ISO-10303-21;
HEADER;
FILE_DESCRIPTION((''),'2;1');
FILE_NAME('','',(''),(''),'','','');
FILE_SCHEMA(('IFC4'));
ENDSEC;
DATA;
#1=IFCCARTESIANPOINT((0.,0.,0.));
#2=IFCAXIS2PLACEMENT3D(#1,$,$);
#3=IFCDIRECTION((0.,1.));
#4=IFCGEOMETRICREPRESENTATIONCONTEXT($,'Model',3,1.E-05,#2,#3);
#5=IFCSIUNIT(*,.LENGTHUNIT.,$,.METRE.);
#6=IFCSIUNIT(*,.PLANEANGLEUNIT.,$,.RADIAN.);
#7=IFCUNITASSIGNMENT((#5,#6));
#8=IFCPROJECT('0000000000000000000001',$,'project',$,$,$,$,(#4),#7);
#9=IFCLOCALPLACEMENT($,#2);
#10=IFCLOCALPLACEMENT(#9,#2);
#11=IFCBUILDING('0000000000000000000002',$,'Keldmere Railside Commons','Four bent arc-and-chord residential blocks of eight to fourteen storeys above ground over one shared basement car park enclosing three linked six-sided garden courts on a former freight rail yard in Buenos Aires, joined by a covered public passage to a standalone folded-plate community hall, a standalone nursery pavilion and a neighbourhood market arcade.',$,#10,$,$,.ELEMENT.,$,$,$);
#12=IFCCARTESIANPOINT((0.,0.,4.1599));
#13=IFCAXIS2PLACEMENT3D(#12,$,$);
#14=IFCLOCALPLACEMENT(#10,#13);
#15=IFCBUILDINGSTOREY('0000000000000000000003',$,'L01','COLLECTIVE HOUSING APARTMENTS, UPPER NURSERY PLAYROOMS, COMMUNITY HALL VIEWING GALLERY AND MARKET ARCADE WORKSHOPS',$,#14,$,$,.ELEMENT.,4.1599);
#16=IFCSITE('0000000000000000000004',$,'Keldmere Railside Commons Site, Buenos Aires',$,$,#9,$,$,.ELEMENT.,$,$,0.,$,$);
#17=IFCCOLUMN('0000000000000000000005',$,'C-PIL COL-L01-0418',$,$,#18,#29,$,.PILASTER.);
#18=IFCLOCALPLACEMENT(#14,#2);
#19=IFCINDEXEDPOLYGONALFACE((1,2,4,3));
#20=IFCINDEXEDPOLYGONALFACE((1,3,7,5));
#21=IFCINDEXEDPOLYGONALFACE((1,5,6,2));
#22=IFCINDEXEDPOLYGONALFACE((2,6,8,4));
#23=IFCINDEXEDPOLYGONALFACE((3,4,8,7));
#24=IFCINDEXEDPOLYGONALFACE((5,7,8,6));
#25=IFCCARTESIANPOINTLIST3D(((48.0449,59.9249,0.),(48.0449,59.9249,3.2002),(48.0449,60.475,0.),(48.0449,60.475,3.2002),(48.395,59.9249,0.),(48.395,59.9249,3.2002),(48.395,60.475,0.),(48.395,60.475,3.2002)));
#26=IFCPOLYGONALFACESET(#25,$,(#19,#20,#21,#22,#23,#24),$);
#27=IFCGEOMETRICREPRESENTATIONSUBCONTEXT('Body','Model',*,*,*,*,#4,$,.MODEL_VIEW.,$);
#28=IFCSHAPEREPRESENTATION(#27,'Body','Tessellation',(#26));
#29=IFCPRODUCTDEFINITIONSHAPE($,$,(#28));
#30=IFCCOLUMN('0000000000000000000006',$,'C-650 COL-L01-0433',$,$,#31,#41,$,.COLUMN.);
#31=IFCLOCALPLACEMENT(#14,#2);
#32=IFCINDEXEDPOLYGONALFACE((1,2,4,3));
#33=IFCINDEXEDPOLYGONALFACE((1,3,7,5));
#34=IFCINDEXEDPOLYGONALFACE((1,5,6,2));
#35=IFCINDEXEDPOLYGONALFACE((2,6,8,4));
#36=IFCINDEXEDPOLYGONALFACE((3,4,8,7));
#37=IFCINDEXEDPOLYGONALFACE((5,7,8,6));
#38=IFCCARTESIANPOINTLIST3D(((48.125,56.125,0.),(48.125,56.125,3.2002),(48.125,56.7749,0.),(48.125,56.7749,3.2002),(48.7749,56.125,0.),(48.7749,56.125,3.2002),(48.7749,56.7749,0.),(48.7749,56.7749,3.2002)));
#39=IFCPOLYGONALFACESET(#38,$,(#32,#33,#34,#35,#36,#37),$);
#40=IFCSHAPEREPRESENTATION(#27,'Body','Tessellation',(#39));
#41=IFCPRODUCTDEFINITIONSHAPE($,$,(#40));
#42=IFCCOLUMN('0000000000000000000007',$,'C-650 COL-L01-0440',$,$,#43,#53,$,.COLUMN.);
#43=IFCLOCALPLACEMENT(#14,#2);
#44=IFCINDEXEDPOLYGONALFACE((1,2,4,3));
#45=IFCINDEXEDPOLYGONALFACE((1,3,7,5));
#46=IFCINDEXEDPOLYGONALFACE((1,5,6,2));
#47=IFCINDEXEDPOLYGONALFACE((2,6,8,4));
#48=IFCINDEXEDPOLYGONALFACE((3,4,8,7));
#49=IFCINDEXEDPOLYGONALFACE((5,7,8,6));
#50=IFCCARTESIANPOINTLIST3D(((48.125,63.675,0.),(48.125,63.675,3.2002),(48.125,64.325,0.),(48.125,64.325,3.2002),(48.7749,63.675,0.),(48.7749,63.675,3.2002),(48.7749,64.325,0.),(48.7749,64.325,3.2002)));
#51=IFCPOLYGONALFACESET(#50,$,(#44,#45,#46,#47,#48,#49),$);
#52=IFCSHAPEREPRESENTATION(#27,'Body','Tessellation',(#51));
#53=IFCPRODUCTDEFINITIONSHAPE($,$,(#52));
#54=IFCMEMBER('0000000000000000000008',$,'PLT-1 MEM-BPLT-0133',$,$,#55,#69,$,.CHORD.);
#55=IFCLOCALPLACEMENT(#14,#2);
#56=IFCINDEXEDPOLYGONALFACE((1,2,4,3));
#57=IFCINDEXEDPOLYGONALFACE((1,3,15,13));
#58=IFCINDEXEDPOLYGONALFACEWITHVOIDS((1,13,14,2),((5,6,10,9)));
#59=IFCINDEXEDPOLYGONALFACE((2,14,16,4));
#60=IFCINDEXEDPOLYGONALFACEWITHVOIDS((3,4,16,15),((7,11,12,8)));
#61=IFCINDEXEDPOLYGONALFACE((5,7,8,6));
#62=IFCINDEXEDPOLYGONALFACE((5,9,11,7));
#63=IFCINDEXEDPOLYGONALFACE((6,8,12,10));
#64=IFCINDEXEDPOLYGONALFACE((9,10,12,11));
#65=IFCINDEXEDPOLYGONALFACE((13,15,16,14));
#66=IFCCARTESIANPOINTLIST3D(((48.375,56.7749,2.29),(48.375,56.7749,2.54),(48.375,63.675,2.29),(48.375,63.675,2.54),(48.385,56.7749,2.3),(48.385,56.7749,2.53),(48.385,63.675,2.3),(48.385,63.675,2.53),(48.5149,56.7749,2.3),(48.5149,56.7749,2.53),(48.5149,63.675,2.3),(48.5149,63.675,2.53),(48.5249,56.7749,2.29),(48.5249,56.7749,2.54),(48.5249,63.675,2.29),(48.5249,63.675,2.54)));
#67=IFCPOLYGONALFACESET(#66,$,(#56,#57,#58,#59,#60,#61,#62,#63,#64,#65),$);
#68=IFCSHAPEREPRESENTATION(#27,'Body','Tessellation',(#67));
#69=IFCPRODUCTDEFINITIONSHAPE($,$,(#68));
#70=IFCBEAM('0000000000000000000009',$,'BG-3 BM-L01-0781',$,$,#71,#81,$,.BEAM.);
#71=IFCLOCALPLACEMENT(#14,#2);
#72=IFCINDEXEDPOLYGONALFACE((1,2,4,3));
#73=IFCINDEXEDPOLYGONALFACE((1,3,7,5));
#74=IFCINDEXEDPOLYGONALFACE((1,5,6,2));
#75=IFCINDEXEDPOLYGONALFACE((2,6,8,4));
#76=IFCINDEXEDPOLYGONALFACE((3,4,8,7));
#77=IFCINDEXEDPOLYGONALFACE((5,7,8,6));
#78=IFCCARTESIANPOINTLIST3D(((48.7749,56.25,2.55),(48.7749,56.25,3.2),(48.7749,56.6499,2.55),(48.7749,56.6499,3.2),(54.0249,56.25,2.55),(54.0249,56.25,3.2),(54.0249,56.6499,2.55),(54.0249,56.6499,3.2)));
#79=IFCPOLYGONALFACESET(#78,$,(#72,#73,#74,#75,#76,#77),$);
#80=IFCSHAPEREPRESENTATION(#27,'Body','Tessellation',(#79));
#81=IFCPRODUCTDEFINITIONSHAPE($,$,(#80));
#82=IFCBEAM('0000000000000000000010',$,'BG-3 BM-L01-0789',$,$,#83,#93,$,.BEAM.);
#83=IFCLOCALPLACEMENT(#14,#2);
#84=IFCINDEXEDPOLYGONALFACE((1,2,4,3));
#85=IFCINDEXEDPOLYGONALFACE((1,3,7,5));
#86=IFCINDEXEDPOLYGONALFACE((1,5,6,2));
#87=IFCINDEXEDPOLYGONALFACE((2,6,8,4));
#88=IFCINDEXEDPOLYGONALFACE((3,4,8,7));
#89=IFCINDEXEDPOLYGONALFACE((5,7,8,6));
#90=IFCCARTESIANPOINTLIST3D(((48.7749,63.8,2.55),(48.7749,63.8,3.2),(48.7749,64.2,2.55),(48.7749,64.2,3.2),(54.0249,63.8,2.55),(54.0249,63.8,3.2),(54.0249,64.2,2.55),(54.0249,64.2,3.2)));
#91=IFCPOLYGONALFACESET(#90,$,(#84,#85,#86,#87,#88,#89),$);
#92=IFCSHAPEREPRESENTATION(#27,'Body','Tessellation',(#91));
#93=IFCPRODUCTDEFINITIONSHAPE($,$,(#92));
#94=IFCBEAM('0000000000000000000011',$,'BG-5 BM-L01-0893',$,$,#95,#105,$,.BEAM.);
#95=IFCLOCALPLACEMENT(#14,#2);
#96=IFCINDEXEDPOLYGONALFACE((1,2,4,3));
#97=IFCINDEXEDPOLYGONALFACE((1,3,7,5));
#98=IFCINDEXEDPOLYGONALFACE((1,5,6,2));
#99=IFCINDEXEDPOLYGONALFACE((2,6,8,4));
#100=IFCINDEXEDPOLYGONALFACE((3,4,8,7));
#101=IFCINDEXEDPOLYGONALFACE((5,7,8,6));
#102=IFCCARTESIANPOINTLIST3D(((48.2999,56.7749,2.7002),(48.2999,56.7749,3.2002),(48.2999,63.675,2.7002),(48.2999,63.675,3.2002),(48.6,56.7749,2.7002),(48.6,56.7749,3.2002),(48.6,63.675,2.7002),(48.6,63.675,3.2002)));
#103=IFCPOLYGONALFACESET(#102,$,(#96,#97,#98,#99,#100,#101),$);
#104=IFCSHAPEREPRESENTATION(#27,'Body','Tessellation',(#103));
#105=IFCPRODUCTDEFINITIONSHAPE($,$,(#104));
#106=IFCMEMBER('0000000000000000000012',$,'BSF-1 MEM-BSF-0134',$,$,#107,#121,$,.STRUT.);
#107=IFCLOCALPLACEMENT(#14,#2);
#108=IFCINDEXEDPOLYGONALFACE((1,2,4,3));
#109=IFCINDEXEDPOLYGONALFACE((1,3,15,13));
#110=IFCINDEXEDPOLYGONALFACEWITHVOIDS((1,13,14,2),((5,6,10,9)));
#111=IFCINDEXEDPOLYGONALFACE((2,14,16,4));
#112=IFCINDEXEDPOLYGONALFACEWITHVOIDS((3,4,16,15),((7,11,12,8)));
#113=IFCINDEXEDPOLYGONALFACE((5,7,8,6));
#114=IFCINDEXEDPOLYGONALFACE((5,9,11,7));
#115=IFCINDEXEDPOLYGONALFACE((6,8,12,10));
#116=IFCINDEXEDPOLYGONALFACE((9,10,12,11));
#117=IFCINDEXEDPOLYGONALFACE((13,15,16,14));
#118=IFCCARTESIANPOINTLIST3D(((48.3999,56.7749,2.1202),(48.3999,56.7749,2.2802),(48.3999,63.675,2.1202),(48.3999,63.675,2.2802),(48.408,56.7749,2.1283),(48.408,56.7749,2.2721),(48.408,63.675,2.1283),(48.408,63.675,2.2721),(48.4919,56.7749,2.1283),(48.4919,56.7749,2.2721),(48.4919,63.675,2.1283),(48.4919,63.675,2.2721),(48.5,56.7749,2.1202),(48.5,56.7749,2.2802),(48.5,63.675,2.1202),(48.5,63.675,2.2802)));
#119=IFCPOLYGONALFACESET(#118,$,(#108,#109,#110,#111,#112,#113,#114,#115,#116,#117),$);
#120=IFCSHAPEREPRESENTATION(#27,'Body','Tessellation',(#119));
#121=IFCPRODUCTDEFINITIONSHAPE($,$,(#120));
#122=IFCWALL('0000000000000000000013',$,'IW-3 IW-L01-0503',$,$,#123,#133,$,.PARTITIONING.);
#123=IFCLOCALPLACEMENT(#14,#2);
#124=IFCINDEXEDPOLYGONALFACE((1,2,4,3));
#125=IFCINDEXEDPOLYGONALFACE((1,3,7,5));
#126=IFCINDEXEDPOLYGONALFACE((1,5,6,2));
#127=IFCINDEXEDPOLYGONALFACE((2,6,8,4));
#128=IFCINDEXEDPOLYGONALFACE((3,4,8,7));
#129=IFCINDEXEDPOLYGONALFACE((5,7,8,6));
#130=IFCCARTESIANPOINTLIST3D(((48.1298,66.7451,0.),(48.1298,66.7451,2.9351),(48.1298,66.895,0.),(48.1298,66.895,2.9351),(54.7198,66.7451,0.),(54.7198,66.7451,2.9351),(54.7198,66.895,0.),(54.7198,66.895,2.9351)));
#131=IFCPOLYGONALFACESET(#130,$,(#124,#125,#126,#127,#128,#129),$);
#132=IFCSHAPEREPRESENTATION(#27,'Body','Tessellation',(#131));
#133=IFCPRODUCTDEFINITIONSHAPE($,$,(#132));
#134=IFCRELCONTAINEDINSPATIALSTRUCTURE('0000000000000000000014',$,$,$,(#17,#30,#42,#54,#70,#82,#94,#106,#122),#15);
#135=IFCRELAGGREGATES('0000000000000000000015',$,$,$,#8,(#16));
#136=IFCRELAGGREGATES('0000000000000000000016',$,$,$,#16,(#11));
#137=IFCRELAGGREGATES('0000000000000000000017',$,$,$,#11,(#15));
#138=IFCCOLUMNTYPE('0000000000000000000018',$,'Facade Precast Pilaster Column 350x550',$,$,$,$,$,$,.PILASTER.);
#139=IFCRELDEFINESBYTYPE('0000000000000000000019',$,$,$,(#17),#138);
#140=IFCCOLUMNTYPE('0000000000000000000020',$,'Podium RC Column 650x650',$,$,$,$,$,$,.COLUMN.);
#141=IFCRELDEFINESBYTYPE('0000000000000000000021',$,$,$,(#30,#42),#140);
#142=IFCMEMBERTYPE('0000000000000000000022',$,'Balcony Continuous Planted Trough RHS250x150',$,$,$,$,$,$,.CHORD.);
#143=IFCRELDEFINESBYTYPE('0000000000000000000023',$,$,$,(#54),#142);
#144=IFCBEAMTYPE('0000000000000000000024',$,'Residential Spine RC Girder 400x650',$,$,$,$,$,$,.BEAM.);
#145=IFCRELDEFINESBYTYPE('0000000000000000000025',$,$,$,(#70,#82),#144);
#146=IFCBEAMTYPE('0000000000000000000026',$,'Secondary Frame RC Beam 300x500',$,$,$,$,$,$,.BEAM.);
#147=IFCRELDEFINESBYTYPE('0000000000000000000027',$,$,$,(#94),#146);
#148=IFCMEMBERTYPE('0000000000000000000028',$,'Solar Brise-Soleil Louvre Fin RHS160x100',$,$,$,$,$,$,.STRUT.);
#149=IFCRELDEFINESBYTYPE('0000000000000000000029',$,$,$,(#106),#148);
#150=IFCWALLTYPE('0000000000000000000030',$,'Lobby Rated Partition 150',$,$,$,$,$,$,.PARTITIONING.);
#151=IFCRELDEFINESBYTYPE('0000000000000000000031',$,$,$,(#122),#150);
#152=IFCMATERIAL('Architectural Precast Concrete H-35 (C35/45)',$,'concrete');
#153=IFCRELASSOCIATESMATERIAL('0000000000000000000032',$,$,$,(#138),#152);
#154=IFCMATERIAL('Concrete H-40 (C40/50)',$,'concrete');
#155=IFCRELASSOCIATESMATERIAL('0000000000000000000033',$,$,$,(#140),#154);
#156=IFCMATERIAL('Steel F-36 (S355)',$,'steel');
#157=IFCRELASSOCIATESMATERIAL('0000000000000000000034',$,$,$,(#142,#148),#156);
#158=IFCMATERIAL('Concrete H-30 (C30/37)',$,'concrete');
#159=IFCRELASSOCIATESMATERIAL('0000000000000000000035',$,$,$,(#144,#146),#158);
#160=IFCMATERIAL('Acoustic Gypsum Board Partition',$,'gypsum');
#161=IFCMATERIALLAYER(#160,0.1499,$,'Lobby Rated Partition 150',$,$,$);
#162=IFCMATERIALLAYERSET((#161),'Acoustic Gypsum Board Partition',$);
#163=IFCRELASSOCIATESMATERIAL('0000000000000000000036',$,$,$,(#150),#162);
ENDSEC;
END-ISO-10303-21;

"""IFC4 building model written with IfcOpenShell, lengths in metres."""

from ifc_helpers import new_model, si_unit, direction, frame, frame_2d, origin, origin_2d, place, context, subcontext, project, spatial, rectangle, hollow_rectangle, extrude, material, layer, layer_set, material_profile, profile_set, type_object, element, save


model = new_model("IFC4")

# Units and contexts
model_context = context("Model", 3, precision=1e-05, world=origin(), true_north=direction((0.0, 1.0)))
body_context = subcontext(model_context, "Body", "Model", "MODEL_VIEW")
ifc_project = project(units=[si_unit("LENGTHUNIT", "METRE"), si_unit("PLANEANGLEUNIT", "RADIAN")], contexts=[model_context])

# Site, building, storey
site_placement = place(None, origin())
site = spatial("IfcSite", under=ifc_project, at=site_placement, Name="Keldmere Railside Commons Site, Buenos Aires", CompositionType="ELEMENT", RefElevation=0.0)
building_placement = place(site_placement, origin())
building = spatial("IfcBuilding", under=site, at=building_placement, Name="Keldmere Railside Commons", Description="Four bent arc-and-chord residential blocks of eight to fourteen storeys above ground over one shared basement car park enclosing three linked six-sided garden courts on a former freight rail yard in Buenos Aires, joined by a covered public passage to a standalone folded-plate community hall, a standalone nursery pavilion and a neighbourhood market arcade.", CompositionType="ELEMENT")
storey_placement = place(building_placement, frame((0.0, 0.0, 4.1599)))
storey = spatial("IfcBuildingStorey", under=building, at=storey_placement, Name="L01", Description="COLLECTIVE HOUSING APARTMENTS, UPPER NURSERY PLAYROOMS, COMMUNITY HALL VIEWING GALLERY AND MARKET ARCADE WORKSHOPS", CompositionType="ELEMENT", Elevation=4.1599)

# Columns
ifc_material_1 = material(Name="Architectural Precast Concrete H-35 (C35/45)", Category="concrete")
ifc_material_profile_1 = material_profile(ifc_material_1, rectangle(XDim=0.3501, YDim=0.55, at=origin_2d()), Name="RC-350x550")
ifc_profile_set_1 = profile_set([ifc_material_profile_1], Name="Architectural Precast Concrete H-35 (C35/45)")
column_type_1 = type_object("IfcColumnType", Name="Facade Precast Pilaster Column 350x550", PredefinedType="PILASTER", material=ifc_profile_set_1)
column_placement = place(storey_placement, frame((48.22, 60.2, 0.0), z_axis=(0.0, 0.0, 1.0), x_axis=(1.0, 0.0, 0.0)))
element("IfcColumn", 1, at=column_placement, inside=storey, type_object=column_type_1, Name="C-PIL COL-L01-0418", PredefinedType="PILASTER", context=body_context, shape_type="SweptSolid", body=[
    extrude(rectangle(XDim=0.3501, YDim=0.55, at=origin_2d()), origin(), (0.0, 0.0, 1.0), 3.2002),
])
ifc_material_2 = material(Name="Concrete H-40 (C40/50)", Category="concrete")
ifc_material_profile_2 = material_profile(ifc_material_2, rectangle(XDim=0.6499, YDim=0.6499, at=origin_2d()), Name="RC-650x650")
ifc_profile_set_2 = profile_set([ifc_material_profile_2], Name="Concrete H-40 (C40/50)")
column_type_2 = type_object("IfcColumnType", Name="Podium RC Column 650x650", PredefinedType="COLUMN", material=ifc_profile_set_2)
for number, where, z_axis, x_axis, name in (
    (2, (48.45, 56.45, 0.0), (0.0, 0.0, 1.0), (1.0, 0.0, 0.0), "C-650 COL-L01-0433"),
    (3, (48.45, 64.0, 0.0), (0.0, 0.0, 1.0), (1.0, 0.0, 0.0), "C-650 COL-L01-0440"),
):
    element("IfcColumn", number, at=place(storey_placement, frame(where, z_axis=z_axis, x_axis=x_axis)), inside=storey, type_object=column_type_2, Name=name, PredefinedType="COLUMN", context=body_context, shape_type="SweptSolid", body=[
        extrude(rectangle(XDim=0.6499, YDim=0.6499, at=origin_2d()), origin(), (0.0, 0.0, 1.0), 3.2002),
    ])

# Member
ifc_material_3 = material(Name="Steel F-36 (S355)", Category="steel")
ifc_material_profile_3 = material_profile(ifc_material_3, hollow_rectangle(XDim=0.1499, YDim=0.25, WallThickness=0.01, at=origin_2d()), Name="RHS-250x150x10")
ifc_profile_set_3 = profile_set([ifc_material_profile_3], Name="Steel F-36 (S355)")
member_type_1 = type_object("IfcMemberType", Name="Balcony Continuous Planted Trough RHS250x150", PredefinedType="CHORD", material=ifc_profile_set_3)
member_1_placement = place(storey_placement, frame((48.45, 56.7749, 2.415), z_axis=(0.0, 1.0, 0.0), x_axis=(-1.0, 0.0, 0.0)))
element("IfcMember", 4, at=member_1_placement, inside=storey, type_object=member_type_1, Name="PLT-1 MEM-BPLT-0133", PredefinedType="CHORD", context=body_context, shape_type="SweptSolid", body=[
    extrude(hollow_rectangle(XDim=0.1499, YDim=0.25, WallThickness=0.01, at=origin_2d()), origin(), (0.0, 0.0, 1.0), 6.9001),
])

# Beams
ifc_material_4 = material(Name="Concrete H-30 (C30/37)", Category="concrete")
ifc_material_profile_4 = material_profile(ifc_material_4, rectangle(XDim=0.3999, YDim=0.6499, at=origin_2d()), Name="RC-400x650")
ifc_profile_set_4 = profile_set([ifc_material_profile_4], Name="Concrete H-30 (C30/37)")
beam_type_1 = type_object("IfcBeamType", Name="Residential Spine RC Girder 400x650", PredefinedType="BEAM", material=ifc_profile_set_4)
for number, where, z_axis, x_axis, name in (
    (5, (48.7749, 56.45, 2.875), (1.0, 0.0, 0.0), (0.0, 1.0, 0.0), "BG-3 BM-L01-0781"),
    (6, (48.7749, 64.0, 2.875), (1.0, 0.0, 0.0), (0.0, 1.0, 0.0), "BG-3 BM-L01-0789"),
):
    element("IfcBeam", number, at=place(storey_placement, frame(where, z_axis=z_axis, x_axis=x_axis)), inside=storey, type_object=beam_type_1, Name=name, PredefinedType="BEAM", context=body_context, shape_type="SweptSolid", body=[
        extrude(rectangle(XDim=0.3999, YDim=0.6499, at=origin_2d()), origin(), (0.0, 0.0, 1.0), 5.25),
    ])
ifc_material_profile_5 = material_profile(ifc_material_4, rectangle(XDim=0.3, YDim=0.5, at=origin_2d()), Name="RC-300x500")
ifc_profile_set_5 = profile_set([ifc_material_profile_5], Name="Concrete H-30 (C30/37)")
beam_type_2 = type_object("IfcBeamType", Name="Secondary Frame RC Beam 300x500", PredefinedType="BEAM", material=ifc_profile_set_5)
beam_placement = place(storey_placement, frame((48.45, 56.7749, 2.9502), z_axis=(0.0, 1.0, 0.0), x_axis=(-1.0, 0.0, 0.0)))
element("IfcBeam", 7, at=beam_placement, inside=storey, type_object=beam_type_2, Name="BG-5 BM-L01-0893", PredefinedType="BEAM", context=body_context, shape_type="SweptSolid", body=[
    extrude(rectangle(XDim=0.3, YDim=0.5, at=origin_2d()), origin(), (0.0, 0.0, 1.0), 6.9001),
])

# Member
ifc_material_profile_6 = material_profile(ifc_material_3, hollow_rectangle(XDim=0.1001, YDim=0.1599, WallThickness=0.0081, at=origin_2d()), Name="RHS-160x100x8")
ifc_profile_set_6 = profile_set([ifc_material_profile_6], Name="Steel F-36 (S355)")
member_type_2 = type_object("IfcMemberType", Name="Solar Brise-Soleil Louvre Fin RHS160x100", PredefinedType="STRUT", material=ifc_profile_set_6)
member_2_placement = place(storey_placement, frame((48.45, 56.7749, 2.2002), z_axis=(0.0, 1.0, 0.0), x_axis=(-1.0, 0.0, 0.0)))
element("IfcMember", 8, at=member_2_placement, inside=storey, type_object=member_type_2, Name="BSF-1 MEM-BSF-0134", PredefinedType="STRUT", context=body_context, shape_type="SweptSolid", body=[
    extrude(hollow_rectangle(XDim=0.1001, YDim=0.1599, WallThickness=0.0081, at=origin_2d()), origin(), (0.0, 0.0, 1.0), 6.9001),
])

# Wall
ifc_material_5 = material(Name="Acoustic Gypsum Board Partition", Category="gypsum")
ifc_layer_1 = layer(ifc_material_5, 0.1499, Name="Lobby Rated Partition 150")
ifc_layer_set_1 = layer_set([ifc_layer_1], Name="Acoustic Gypsum Board Partition")
wall_type_1 = type_object("IfcWallType", Name="Lobby Rated Partition 150", PredefinedType="PARTITIONING", material=ifc_layer_set_1)
wall_1_placement = place(storey_placement, frame((48.1299, 66.8201, 0.0), z_axis=(0.0, 0.0, 1.0), x_axis=(1.0, 0.0, 0.0)))
element("IfcWall", 9, at=wall_1_placement, inside=storey, type_object=wall_type_1, Name="IW-3 IW-L01-0503", PredefinedType="PARTITIONING", context=body_context, shape_type="SweptSolid", body=[
    extrude(rectangle(XDim=6.5901, YDim=0.1499, at=frame_2d((3.2949, 0.0))), origin(), (0.0, 0.0, 1.0), 2.9351),
])

save(model, "model.ifc")
